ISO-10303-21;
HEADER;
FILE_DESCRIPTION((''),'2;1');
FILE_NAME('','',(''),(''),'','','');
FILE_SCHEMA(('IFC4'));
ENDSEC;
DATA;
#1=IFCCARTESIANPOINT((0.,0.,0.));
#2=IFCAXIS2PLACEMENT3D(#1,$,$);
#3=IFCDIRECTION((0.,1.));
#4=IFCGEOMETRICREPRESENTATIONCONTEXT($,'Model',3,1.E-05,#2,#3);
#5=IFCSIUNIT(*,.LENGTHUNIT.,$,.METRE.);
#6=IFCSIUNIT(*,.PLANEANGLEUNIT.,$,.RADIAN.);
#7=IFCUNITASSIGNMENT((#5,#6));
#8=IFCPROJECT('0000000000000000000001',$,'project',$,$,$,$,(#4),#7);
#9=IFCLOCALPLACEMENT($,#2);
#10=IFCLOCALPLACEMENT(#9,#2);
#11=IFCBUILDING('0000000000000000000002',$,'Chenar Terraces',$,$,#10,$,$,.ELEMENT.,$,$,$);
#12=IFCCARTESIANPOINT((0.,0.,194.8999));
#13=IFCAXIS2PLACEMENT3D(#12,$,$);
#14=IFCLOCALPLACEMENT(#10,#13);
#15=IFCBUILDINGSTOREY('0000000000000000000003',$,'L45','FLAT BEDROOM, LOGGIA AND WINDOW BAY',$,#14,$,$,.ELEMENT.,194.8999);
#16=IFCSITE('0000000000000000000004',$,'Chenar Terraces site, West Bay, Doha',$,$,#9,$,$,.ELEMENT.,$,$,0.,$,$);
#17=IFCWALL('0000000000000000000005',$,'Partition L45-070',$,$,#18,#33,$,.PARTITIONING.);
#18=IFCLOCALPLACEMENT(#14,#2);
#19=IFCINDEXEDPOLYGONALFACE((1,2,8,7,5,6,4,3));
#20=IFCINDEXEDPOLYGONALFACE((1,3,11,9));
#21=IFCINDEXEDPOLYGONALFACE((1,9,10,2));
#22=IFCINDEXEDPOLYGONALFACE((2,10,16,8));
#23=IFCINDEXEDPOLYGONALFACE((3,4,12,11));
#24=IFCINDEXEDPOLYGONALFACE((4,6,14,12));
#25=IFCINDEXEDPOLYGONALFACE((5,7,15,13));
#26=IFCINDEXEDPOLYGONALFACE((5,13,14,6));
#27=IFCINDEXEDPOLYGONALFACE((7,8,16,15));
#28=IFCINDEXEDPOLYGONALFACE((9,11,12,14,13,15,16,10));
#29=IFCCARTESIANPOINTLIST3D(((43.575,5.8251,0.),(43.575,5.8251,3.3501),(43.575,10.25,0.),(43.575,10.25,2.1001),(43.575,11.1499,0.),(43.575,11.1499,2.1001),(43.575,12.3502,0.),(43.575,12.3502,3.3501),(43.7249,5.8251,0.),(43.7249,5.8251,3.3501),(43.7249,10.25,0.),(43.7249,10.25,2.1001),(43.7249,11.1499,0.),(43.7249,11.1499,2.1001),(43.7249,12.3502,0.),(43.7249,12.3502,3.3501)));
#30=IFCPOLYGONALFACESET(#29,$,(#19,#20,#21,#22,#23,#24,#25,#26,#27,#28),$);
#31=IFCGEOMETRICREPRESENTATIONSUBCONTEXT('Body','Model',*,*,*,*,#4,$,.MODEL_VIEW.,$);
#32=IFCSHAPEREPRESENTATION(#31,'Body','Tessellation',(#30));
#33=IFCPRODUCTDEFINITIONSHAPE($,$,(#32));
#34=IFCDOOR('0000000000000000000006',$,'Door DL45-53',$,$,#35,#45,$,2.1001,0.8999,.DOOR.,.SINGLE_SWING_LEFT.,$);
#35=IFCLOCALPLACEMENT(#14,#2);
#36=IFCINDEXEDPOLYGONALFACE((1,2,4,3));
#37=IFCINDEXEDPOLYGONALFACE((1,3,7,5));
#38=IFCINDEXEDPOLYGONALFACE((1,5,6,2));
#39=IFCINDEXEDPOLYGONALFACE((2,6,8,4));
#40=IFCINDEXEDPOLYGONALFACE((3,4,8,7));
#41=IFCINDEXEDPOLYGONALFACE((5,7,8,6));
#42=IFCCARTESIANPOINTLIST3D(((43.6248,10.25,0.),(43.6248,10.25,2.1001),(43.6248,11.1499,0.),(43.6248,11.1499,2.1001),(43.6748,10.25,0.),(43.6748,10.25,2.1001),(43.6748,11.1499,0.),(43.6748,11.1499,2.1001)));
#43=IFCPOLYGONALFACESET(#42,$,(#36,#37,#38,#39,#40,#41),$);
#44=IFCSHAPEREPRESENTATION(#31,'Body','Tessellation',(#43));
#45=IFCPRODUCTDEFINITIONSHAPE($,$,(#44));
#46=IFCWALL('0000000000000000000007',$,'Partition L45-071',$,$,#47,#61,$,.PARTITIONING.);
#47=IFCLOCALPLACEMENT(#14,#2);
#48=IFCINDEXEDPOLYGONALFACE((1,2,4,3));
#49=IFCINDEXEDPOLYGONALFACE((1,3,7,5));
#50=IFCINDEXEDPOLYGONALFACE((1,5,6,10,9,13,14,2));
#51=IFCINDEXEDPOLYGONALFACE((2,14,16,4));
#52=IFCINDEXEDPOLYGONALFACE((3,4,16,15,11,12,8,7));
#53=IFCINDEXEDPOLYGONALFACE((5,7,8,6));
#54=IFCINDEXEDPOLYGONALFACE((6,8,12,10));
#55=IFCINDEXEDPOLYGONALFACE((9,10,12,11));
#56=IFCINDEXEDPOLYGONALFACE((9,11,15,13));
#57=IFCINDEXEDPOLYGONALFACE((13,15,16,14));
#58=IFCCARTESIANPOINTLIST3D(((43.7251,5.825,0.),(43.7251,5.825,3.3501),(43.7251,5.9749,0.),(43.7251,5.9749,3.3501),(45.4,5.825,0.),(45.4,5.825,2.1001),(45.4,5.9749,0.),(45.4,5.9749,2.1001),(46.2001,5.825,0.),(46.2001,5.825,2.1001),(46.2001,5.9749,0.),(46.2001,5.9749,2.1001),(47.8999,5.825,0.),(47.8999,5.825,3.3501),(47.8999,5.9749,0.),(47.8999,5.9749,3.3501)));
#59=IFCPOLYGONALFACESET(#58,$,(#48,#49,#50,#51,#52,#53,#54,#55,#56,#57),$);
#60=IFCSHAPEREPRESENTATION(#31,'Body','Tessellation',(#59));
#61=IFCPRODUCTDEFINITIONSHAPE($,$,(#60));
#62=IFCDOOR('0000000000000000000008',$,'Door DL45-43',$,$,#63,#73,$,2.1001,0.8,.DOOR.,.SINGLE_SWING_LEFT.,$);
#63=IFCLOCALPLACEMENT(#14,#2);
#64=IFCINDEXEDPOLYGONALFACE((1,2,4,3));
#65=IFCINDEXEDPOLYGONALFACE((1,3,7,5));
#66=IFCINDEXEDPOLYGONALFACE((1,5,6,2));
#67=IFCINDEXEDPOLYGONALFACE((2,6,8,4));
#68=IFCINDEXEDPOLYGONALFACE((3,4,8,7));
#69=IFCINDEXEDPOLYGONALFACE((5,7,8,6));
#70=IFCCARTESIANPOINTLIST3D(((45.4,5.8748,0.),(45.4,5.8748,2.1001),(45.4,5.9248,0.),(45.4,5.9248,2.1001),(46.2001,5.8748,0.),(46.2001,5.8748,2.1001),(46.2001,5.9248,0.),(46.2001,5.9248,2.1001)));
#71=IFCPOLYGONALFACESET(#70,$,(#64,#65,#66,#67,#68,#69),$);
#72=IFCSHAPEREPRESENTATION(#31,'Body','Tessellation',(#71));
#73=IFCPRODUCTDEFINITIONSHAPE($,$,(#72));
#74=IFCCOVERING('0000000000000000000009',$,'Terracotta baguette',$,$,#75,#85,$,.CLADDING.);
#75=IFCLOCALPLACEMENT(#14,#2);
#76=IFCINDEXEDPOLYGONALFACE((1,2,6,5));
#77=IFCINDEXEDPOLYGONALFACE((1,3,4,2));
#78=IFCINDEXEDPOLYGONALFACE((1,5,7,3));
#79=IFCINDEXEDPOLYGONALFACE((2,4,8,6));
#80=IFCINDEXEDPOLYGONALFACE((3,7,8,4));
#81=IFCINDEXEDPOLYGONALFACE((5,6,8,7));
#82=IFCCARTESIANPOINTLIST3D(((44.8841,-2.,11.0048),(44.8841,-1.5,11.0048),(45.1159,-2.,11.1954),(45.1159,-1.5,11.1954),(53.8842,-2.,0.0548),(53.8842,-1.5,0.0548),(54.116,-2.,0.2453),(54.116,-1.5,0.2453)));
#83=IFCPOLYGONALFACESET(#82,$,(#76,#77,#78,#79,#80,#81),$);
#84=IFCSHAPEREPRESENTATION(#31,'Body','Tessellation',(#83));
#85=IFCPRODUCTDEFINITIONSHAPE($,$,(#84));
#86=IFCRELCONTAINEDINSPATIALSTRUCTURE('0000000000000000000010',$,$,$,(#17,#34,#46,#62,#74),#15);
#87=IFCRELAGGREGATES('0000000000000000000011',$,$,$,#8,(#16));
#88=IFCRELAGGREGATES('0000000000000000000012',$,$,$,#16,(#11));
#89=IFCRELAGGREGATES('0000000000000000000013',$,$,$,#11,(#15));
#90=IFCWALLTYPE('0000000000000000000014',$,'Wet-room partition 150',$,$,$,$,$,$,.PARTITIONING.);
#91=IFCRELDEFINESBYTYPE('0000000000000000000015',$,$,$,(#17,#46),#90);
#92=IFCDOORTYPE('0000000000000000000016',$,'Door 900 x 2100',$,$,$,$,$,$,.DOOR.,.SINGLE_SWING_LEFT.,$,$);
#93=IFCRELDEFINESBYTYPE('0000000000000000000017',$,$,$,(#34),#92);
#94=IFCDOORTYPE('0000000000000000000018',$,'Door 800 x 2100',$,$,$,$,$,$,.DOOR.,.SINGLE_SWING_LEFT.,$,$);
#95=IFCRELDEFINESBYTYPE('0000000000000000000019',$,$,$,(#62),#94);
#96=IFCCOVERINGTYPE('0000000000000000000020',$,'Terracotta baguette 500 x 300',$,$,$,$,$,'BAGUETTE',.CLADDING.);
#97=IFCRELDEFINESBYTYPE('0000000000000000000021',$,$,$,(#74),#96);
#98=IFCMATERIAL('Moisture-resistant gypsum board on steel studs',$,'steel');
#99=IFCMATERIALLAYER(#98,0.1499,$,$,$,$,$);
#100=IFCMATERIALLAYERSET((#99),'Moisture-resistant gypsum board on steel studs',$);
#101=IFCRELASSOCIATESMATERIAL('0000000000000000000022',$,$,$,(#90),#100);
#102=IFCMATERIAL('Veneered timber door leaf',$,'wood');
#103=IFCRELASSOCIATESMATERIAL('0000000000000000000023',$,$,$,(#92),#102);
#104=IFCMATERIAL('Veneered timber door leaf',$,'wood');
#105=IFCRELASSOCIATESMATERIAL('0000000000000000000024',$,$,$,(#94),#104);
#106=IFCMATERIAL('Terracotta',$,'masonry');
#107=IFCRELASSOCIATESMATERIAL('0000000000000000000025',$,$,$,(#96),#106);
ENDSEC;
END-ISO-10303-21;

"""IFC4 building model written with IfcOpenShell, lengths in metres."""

from ifc_helpers import new_model, si_unit, direction, frame, frame_2d, origin, origin_2d, place, context, subcontext, project, spatial, rectangle, extrude, material, layer, layer_set, material_profile, profile_set, type_object, element, fill, save


model = new_model("IFC4")

# Units and contexts
model_context = context("Model", 3, precision=1e-05, world=origin(), true_north=direction((0.0, 1.0)))
body_context = subcontext(model_context, "Body", "Model", "MODEL_VIEW")
ifc_project = project(units=[si_unit("LENGTHUNIT", "METRE"), si_unit("PLANEANGLEUNIT", "RADIAN")], contexts=[model_context])

# Site, building, storey
site_placement = place(None, origin())
site = spatial("IfcSite", under=ifc_project, at=site_placement, Name="Chenar Terraces site, West Bay, Doha", CompositionType="ELEMENT", RefElevation=0.0)
building_placement = place(site_placement, origin())
building = spatial("IfcBuilding", under=site, at=building_placement, Name="Chenar Terraces", CompositionType="ELEMENT")
storey_placement = place(building_placement, frame((0.0, 0.0, 194.8999)))
storey = spatial("IfcBuildingStorey", under=building, at=storey_placement, Name="L45", Description="FLAT BEDROOM, LOGGIA AND WINDOW BAY", CompositionType="ELEMENT", Elevation=194.8999)

# Walls, openings, doors
ifc_material_1 = material(Name="Moisture-resistant gypsum board on steel studs", Category="steel")
ifc_layer_1 = layer(ifc_material_1, 0.1499)
ifc_layer_set_1 = layer_set([ifc_layer_1], Name="Moisture-resistant gypsum board on steel studs")
wall_type_1 = type_object("IfcWallType", Name="Wet-room partition 150", PredefinedType="PARTITIONING", material=ifc_layer_set_1)
wall_1_placement = place(storey_placement, frame((43.6499, 5.825, 0.0), z_axis=(0.0, 0.0, 1.0), x_axis=(0.0, 1.0, 0.0)))
wall_1 = element("IfcWall", 1, at=wall_1_placement, inside=storey, type_object=wall_type_1, Name="Partition L45-070", PredefinedType="PARTITIONING", context=body_context, shape_type="SweptSolid", body=[
    extrude(rectangle(XDim=6.5251, YDim=0.1499, at=frame_2d((3.2627, 0.0))), origin(), (0.0, 0.0, 1.0), 3.3501),
])
opening_1_placement = place(wall_1_placement, frame((4.425, 0.0, 0.0)))
opening_1 = element("IfcOpeningElement", 2, at=opening_1_placement, cuts=wall_1, PredefinedType="OPENING", context=body_context, shape_type="SweptSolid", body=[
    extrude(rectangle(XDim=0.8999, YDim=2.1001, at=frame_2d((0.45, 1.05))), frame((0.0, 0.085, 0.0), z_axis=(0.0, -1.0, 0.0), x_axis=(1.0, 0.0, 0.0)), (0.0, 0.0, 1.0), 0.1699),
])
ifc_material_2 = material(Name="Veneered timber door leaf", Category="wood")
door_type_1 = type_object("IfcDoorType", Name="Door 900 x 2100", OperationType="SINGLE_SWING_LEFT", PredefinedType="DOOR", material=ifc_material_2)
door_1_placement = place(opening_1_placement, frame((0.8999, 0.0, 0.0), z_axis=(0.0, 0.0, 1.0), x_axis=(-1.0, 0.0, 0.0)))
door_1 = element("IfcDoor", 3, at=door_1_placement, inside=storey, type_object=door_type_1, Name="Door DL45-53", OperationType="SINGLE_SWING_LEFT", OverallHeight=2.1001, OverallWidth=0.8999, PredefinedType="DOOR", context=body_context, shape_type="SweptSolid", body=[
    extrude(rectangle(XDim=0.8999, YDim=2.1001, at=frame_2d((0.45, 1.05))), frame((0.0, 0.0249, 0.0), z_axis=(0.0, -1.0, 0.0), x_axis=(1.0, 0.0, 0.0)), (0.0, 0.0, 1.0), 0.05),
])
fill(opening_1, door_1)
wall_2_placement = place(storey_placement, frame((43.7251, 5.8999, 0.0), z_axis=(0.0, 0.0, 1.0), x_axis=(1.0, 0.0, 0.0)))
wall_2 = element("IfcWall", 4, at=wall_2_placement, inside=storey, type_object=wall_type_1, Name="Partition L45-071", PredefinedType="PARTITIONING", context=body_context, shape_type="SweptSolid", body=[
    extrude(rectangle(XDim=4.1748, YDim=0.1499, at=frame_2d((2.0874, 0.0))), origin(), (0.0, 0.0, 1.0), 3.3501),
])
opening_2_placement = place(wall_2_placement, frame((1.675, 0.0, 0.0)))
opening_2 = element("IfcOpeningElement", 5, at=opening_2_placement, cuts=wall_2, PredefinedType="OPENING", context=body_context, shape_type="SweptSolid", body=[
    extrude(rectangle(XDim=0.8, YDim=2.1001, at=frame_2d((0.3999, 1.05))), frame((0.0, 0.085, 0.0), z_axis=(0.0, -1.0, 0.0), x_axis=(1.0, 0.0, 0.0)), (0.0, 0.0, 1.0), 0.1699),
])
ifc_material_3 = material(Name="Veneered timber door leaf", Category="wood")
door_type_2 = type_object("IfcDoorType", Name="Door 800 x 2100", OperationType="SINGLE_SWING_LEFT", PredefinedType="DOOR", material=ifc_material_3)
door_2_placement = place(opening_2_placement, origin())
door_2 = element("IfcDoor", 6, at=door_2_placement, inside=storey, type_object=door_type_2, Name="Door DL45-43", OperationType="SINGLE_SWING_LEFT", OverallHeight=2.1001, OverallWidth=0.8, PredefinedType="DOOR", context=body_context, shape_type="SweptSolid", body=[
    extrude(rectangle(XDim=0.8, YDim=2.1001, at=frame_2d((0.3999, 1.05))), frame((0.0, 0.0249, 0.0), z_axis=(0.0, -1.0, 0.0), x_axis=(1.0, 0.0, 0.0)), (0.0, 0.0, 1.0), 0.05),
])
fill(opening_2, door_2)

# Covering
ifc_material_4 = material(Name="Terracotta", Category="masonry")
ifc_material_profile_1 = material_profile(ifc_material_4, rectangle(XDim=0.5, YDim=0.3, at=origin_2d()), Name="Terracotta baguette 500 x 300")
ifc_profile_set_1 = profile_set([ifc_material_profile_1], Name="Terracotta")
covering_type = type_object("IfcCoveringType", Name="Terracotta baguette 500 x 300", ElementType="BAGUETTE", PredefinedType="CLADDING", material=ifc_profile_set_1)
covering_placement = place(storey_placement, frame((45.0, -1.75, 11.1001), z_axis=(0.634967, 0.0, -0.772539), x_axis=(0.0, 1.0, 0.0)))
element("IfcCovering", 7, at=covering_placement, inside=storey, type_object=covering_type, Name="Terracotta baguette", PredefinedType="CLADDING", context=body_context, shape_type="SweptSolid", body=[
    extrude(rectangle(XDim=0.5, YDim=0.3, at=origin_2d()), origin(), (0.0, 0.0, 1.0), 14.1741),
])

save(model, "model.ifc")
